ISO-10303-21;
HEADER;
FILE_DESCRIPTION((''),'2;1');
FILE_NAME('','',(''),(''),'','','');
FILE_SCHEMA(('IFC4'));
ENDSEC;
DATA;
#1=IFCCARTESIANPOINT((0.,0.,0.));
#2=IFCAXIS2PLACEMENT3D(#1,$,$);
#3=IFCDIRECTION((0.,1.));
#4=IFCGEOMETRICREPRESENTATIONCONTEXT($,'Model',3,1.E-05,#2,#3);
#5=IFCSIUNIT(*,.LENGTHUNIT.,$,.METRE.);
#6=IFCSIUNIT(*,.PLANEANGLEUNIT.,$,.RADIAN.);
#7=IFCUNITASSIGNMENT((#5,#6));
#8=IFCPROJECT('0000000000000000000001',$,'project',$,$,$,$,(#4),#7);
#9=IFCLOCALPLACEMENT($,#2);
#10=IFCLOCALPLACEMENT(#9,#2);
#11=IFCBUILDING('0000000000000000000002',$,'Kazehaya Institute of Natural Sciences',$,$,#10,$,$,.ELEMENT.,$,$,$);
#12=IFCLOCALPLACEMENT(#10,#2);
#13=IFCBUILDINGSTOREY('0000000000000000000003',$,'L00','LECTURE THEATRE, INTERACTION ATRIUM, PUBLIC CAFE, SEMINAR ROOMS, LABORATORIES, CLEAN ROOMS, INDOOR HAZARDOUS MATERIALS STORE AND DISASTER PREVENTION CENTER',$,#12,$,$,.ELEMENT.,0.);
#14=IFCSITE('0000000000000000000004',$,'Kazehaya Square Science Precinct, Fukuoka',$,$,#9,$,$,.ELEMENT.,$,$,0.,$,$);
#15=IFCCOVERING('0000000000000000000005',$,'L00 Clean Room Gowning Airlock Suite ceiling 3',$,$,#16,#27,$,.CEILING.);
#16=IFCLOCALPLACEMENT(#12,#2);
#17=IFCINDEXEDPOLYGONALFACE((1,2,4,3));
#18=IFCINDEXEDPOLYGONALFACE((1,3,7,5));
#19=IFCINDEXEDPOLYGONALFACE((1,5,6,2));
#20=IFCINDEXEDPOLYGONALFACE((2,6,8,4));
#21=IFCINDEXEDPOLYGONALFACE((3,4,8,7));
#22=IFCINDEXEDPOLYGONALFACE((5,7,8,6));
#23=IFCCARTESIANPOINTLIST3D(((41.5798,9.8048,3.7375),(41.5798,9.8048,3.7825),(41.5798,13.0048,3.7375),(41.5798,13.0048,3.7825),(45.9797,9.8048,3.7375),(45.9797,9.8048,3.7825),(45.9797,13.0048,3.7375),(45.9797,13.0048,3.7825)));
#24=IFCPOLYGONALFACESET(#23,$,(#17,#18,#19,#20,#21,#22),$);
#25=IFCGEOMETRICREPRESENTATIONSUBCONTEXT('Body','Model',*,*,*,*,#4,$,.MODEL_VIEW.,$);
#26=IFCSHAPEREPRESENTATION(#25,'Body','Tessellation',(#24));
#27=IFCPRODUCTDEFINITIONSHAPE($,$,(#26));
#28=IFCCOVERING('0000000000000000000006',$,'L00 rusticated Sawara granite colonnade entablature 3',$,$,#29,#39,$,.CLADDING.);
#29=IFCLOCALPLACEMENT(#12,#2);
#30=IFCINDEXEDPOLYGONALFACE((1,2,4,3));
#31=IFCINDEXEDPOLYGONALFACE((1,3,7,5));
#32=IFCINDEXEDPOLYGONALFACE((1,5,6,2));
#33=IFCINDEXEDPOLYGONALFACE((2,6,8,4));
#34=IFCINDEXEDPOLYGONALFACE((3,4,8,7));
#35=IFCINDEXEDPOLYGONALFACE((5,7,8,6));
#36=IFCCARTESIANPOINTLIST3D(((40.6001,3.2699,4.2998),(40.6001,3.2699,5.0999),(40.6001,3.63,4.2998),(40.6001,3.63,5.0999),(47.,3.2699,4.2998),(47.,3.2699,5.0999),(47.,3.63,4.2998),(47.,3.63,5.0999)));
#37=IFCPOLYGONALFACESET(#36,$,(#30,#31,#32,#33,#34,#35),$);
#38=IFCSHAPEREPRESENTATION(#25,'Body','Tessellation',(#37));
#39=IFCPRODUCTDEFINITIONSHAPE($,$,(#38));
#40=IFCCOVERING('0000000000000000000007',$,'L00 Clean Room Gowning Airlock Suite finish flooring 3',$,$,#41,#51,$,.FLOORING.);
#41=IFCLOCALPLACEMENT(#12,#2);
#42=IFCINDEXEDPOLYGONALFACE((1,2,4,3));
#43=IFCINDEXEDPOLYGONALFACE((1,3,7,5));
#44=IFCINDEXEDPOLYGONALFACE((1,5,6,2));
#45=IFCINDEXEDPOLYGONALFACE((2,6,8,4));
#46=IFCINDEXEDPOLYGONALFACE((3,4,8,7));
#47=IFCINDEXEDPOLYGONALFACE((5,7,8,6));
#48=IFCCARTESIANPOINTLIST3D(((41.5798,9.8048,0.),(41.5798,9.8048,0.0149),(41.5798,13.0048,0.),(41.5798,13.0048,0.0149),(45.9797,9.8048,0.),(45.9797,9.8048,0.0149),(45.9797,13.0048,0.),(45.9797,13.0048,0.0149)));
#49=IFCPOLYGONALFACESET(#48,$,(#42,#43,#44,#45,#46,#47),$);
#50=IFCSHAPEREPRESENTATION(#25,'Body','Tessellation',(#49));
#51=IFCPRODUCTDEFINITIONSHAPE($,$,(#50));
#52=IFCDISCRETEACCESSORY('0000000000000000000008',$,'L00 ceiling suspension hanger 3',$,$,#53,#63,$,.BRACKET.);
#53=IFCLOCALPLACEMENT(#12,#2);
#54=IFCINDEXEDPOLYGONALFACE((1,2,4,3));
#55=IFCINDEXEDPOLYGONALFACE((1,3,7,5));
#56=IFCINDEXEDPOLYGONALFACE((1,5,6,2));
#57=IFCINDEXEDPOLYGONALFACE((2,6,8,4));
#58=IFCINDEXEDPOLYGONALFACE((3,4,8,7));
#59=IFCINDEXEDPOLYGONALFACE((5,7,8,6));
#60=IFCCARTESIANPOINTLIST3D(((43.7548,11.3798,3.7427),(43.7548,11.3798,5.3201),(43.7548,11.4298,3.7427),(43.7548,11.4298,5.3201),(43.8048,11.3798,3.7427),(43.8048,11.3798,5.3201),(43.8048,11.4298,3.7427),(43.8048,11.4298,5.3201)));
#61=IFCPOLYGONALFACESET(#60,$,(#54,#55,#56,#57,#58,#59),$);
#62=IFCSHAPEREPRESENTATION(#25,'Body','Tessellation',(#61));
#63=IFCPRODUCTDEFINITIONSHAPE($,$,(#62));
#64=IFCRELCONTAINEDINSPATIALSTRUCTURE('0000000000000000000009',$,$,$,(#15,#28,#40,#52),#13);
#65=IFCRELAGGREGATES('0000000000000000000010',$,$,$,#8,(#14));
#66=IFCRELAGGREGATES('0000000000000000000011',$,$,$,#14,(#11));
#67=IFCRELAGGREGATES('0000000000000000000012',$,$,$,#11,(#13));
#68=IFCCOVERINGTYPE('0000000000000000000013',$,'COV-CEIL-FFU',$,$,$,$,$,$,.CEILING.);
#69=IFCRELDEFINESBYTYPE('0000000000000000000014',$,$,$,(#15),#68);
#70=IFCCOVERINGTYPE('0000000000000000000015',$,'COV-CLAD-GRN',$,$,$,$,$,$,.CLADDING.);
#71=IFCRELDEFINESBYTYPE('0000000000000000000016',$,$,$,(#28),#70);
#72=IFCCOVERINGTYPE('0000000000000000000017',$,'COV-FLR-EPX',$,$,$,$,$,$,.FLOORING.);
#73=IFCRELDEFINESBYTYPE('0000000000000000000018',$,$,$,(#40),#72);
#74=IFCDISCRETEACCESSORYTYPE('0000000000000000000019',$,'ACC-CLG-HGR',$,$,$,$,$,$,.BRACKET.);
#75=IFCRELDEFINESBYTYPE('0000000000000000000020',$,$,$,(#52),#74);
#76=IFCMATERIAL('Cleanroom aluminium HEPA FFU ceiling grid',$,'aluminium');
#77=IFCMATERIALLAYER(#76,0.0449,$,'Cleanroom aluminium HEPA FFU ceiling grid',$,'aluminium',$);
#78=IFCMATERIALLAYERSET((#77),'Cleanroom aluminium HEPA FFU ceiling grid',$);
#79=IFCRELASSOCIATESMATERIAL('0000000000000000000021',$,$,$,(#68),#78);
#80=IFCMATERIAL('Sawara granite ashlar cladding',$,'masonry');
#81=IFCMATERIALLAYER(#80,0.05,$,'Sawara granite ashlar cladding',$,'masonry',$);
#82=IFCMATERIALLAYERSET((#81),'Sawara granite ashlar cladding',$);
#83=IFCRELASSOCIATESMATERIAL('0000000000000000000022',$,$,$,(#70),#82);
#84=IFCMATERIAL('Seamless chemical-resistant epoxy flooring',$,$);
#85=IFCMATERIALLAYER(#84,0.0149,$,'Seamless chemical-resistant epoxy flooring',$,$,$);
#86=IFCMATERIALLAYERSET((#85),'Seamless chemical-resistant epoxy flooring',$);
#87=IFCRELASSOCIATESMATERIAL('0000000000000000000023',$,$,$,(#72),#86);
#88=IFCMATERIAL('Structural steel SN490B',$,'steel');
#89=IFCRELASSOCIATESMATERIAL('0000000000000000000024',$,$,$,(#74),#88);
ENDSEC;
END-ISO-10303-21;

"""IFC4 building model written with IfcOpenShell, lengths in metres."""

from ifc_helpers import new_model, si_unit, direction, frame, origin, origin_2d, place, context, subcontext, project, spatial, rectangle, extrude, material, layer, layer_set, type_object, element, save


model = new_model("IFC4")

# Units and contexts
model_context = context("Model", 3, precision=1e-05, world=origin(), true_north=direction((0.0, 1.0)))
body_context = subcontext(model_context, "Body", "Model", "MODEL_VIEW")
ifc_project = project(units=[si_unit("LENGTHUNIT", "METRE"), si_unit("PLANEANGLEUNIT", "RADIAN")], contexts=[model_context])

# Site, building, storey
site_placement = place(None, origin())
site = spatial("IfcSite", under=ifc_project, at=site_placement, Name="Kazehaya Square Science Precinct, Fukuoka", CompositionType="ELEMENT", RefElevation=0.0)
building_placement = place(site_placement, origin())
building = spatial("IfcBuilding", under=site, at=building_placement, Name="Kazehaya Institute of Natural Sciences", CompositionType="ELEMENT")
storey_placement = place(building_placement, origin())
storey = spatial("IfcBuildingStorey", under=building, at=storey_placement, Name="L00", Description="LECTURE THEATRE, INTERACTION ATRIUM, PUBLIC CAFE, SEMINAR ROOMS, LABORATORIES, CLEAN ROOMS, INDOOR HAZARDOUS MATERIALS STORE AND DISASTER PREVENTION CENTER", CompositionType="ELEMENT", Elevation=0.0)

# Coverings
ifc_material_1 = material(Name="Cleanroom aluminium HEPA FFU ceiling grid", Category="aluminium")
ifc_layer_1 = layer(ifc_material_1, 0.0449, Name="Cleanroom aluminium HEPA FFU ceiling grid", Category="aluminium")
ifc_layer_set_1 = layer_set([ifc_layer_1], Name="Cleanroom aluminium HEPA FFU ceiling grid")
covering_type_1 = type_object("IfcCoveringType", Name="COV-CEIL-FFU", PredefinedType="CEILING", material=ifc_layer_set_1)
covering_1_placement = place(storey_placement, frame((43.7798, 11.4048, 3.7375), z_axis=(0.0, 0.0, 1.0), x_axis=(1.0, 0.0, 0.0)))
element("IfcCovering", 1, at=covering_1_placement, inside=storey, type_object=covering_type_1, Name="L00 Clean Room Gowning Airlock Suite ceiling 3", PredefinedType="CEILING", context=body_context, shape_type="SweptSolid", body=[
    extrude(rectangle(XDim=4.3999, YDim=3.2, at=origin_2d()), origin(), (0.0, 0.0, 1.0), 0.0449),
])
ifc_material_2 = material(Name="Sawara granite ashlar cladding", Category="masonry")
ifc_layer_2 = layer(ifc_material_2, 0.05, Name="Sawara granite ashlar cladding", Category="masonry")
ifc_layer_set_2 = layer_set([ifc_layer_2], Name="Sawara granite ashlar cladding")
covering_type_2 = type_object("IfcCoveringType", Name="COV-CLAD-GRN", PredefinedType="CLADDING", material=ifc_layer_set_2)
covering_2_placement = place(storey_placement, frame((43.8, 3.45, 4.2998), z_axis=(0.0, 0.0, 1.0), x_axis=(1.0, 0.0, 0.0)))
element("IfcCovering", 2, at=covering_2_placement, inside=storey, type_object=covering_type_2, Name="L00 rusticated Sawara granite colonnade entablature 3", PredefinedType="CLADDING", context=body_context, shape_type="SweptSolid", body=[
    extrude(rectangle(XDim=6.3999, YDim=0.3601, at=origin_2d()), origin(), (0.0, 0.0, 1.0), 0.8),
])
ifc_material_3 = material(Name="Seamless chemical-resistant epoxy flooring")
ifc_layer_3 = layer(ifc_material_3, 0.0149, Name="Seamless chemical-resistant epoxy flooring")
ifc_layer_set_3 = layer_set([ifc_layer_3], Name="Seamless chemical-resistant epoxy flooring")
covering_type_3 = type_object("IfcCoveringType", Name="COV-FLR-EPX", PredefinedType="FLOORING", material=ifc_layer_set_3)
covering_3_placement = place(storey_placement, frame((43.7798, 11.4048, 0.0), z_axis=(0.0, 0.0, 1.0), x_axis=(1.0, 0.0, 0.0)))
element("IfcCovering", 3, at=covering_3_placement, inside=storey, type_object=covering_type_3, Name="L00 Clean Room Gowning Airlock Suite finish flooring 3", PredefinedType="FLOORING", context=body_context, shape_type="SweptSolid", body=[
    extrude(rectangle(XDim=4.3999, YDim=3.2, at=origin_2d()), origin(), (0.0, 0.0, 1.0), 0.0149),
])

# Discrete accessory
ifc_material_4 = material(Name="Structural steel SN490B", Category="steel")
discrete_accessory_type = type_object("IfcDiscreteAccessoryType", Name="ACC-CLG-HGR", PredefinedType="BRACKET", material=ifc_material_4)
discrete_accessory_placement = place(storey_placement, frame((43.7798, 11.4048, 3.7427), z_axis=(0.0, 0.0, 1.0), x_axis=(1.0, 0.0, 0.0)))
element("IfcDiscreteAccessory", 4, at=discrete_accessory_placement, inside=storey, type_object=discrete_accessory_type, Name="L00 ceiling suspension hanger 3", PredefinedType="BRACKET", context=body_context, shape_type="SweptSolid", body=[
    extrude(rectangle(XDim=0.05, YDim=0.05, at=origin_2d()), origin(), (0.0, 0.0, 1.0), 1.5774),
])

save(model, "model.ifc")
